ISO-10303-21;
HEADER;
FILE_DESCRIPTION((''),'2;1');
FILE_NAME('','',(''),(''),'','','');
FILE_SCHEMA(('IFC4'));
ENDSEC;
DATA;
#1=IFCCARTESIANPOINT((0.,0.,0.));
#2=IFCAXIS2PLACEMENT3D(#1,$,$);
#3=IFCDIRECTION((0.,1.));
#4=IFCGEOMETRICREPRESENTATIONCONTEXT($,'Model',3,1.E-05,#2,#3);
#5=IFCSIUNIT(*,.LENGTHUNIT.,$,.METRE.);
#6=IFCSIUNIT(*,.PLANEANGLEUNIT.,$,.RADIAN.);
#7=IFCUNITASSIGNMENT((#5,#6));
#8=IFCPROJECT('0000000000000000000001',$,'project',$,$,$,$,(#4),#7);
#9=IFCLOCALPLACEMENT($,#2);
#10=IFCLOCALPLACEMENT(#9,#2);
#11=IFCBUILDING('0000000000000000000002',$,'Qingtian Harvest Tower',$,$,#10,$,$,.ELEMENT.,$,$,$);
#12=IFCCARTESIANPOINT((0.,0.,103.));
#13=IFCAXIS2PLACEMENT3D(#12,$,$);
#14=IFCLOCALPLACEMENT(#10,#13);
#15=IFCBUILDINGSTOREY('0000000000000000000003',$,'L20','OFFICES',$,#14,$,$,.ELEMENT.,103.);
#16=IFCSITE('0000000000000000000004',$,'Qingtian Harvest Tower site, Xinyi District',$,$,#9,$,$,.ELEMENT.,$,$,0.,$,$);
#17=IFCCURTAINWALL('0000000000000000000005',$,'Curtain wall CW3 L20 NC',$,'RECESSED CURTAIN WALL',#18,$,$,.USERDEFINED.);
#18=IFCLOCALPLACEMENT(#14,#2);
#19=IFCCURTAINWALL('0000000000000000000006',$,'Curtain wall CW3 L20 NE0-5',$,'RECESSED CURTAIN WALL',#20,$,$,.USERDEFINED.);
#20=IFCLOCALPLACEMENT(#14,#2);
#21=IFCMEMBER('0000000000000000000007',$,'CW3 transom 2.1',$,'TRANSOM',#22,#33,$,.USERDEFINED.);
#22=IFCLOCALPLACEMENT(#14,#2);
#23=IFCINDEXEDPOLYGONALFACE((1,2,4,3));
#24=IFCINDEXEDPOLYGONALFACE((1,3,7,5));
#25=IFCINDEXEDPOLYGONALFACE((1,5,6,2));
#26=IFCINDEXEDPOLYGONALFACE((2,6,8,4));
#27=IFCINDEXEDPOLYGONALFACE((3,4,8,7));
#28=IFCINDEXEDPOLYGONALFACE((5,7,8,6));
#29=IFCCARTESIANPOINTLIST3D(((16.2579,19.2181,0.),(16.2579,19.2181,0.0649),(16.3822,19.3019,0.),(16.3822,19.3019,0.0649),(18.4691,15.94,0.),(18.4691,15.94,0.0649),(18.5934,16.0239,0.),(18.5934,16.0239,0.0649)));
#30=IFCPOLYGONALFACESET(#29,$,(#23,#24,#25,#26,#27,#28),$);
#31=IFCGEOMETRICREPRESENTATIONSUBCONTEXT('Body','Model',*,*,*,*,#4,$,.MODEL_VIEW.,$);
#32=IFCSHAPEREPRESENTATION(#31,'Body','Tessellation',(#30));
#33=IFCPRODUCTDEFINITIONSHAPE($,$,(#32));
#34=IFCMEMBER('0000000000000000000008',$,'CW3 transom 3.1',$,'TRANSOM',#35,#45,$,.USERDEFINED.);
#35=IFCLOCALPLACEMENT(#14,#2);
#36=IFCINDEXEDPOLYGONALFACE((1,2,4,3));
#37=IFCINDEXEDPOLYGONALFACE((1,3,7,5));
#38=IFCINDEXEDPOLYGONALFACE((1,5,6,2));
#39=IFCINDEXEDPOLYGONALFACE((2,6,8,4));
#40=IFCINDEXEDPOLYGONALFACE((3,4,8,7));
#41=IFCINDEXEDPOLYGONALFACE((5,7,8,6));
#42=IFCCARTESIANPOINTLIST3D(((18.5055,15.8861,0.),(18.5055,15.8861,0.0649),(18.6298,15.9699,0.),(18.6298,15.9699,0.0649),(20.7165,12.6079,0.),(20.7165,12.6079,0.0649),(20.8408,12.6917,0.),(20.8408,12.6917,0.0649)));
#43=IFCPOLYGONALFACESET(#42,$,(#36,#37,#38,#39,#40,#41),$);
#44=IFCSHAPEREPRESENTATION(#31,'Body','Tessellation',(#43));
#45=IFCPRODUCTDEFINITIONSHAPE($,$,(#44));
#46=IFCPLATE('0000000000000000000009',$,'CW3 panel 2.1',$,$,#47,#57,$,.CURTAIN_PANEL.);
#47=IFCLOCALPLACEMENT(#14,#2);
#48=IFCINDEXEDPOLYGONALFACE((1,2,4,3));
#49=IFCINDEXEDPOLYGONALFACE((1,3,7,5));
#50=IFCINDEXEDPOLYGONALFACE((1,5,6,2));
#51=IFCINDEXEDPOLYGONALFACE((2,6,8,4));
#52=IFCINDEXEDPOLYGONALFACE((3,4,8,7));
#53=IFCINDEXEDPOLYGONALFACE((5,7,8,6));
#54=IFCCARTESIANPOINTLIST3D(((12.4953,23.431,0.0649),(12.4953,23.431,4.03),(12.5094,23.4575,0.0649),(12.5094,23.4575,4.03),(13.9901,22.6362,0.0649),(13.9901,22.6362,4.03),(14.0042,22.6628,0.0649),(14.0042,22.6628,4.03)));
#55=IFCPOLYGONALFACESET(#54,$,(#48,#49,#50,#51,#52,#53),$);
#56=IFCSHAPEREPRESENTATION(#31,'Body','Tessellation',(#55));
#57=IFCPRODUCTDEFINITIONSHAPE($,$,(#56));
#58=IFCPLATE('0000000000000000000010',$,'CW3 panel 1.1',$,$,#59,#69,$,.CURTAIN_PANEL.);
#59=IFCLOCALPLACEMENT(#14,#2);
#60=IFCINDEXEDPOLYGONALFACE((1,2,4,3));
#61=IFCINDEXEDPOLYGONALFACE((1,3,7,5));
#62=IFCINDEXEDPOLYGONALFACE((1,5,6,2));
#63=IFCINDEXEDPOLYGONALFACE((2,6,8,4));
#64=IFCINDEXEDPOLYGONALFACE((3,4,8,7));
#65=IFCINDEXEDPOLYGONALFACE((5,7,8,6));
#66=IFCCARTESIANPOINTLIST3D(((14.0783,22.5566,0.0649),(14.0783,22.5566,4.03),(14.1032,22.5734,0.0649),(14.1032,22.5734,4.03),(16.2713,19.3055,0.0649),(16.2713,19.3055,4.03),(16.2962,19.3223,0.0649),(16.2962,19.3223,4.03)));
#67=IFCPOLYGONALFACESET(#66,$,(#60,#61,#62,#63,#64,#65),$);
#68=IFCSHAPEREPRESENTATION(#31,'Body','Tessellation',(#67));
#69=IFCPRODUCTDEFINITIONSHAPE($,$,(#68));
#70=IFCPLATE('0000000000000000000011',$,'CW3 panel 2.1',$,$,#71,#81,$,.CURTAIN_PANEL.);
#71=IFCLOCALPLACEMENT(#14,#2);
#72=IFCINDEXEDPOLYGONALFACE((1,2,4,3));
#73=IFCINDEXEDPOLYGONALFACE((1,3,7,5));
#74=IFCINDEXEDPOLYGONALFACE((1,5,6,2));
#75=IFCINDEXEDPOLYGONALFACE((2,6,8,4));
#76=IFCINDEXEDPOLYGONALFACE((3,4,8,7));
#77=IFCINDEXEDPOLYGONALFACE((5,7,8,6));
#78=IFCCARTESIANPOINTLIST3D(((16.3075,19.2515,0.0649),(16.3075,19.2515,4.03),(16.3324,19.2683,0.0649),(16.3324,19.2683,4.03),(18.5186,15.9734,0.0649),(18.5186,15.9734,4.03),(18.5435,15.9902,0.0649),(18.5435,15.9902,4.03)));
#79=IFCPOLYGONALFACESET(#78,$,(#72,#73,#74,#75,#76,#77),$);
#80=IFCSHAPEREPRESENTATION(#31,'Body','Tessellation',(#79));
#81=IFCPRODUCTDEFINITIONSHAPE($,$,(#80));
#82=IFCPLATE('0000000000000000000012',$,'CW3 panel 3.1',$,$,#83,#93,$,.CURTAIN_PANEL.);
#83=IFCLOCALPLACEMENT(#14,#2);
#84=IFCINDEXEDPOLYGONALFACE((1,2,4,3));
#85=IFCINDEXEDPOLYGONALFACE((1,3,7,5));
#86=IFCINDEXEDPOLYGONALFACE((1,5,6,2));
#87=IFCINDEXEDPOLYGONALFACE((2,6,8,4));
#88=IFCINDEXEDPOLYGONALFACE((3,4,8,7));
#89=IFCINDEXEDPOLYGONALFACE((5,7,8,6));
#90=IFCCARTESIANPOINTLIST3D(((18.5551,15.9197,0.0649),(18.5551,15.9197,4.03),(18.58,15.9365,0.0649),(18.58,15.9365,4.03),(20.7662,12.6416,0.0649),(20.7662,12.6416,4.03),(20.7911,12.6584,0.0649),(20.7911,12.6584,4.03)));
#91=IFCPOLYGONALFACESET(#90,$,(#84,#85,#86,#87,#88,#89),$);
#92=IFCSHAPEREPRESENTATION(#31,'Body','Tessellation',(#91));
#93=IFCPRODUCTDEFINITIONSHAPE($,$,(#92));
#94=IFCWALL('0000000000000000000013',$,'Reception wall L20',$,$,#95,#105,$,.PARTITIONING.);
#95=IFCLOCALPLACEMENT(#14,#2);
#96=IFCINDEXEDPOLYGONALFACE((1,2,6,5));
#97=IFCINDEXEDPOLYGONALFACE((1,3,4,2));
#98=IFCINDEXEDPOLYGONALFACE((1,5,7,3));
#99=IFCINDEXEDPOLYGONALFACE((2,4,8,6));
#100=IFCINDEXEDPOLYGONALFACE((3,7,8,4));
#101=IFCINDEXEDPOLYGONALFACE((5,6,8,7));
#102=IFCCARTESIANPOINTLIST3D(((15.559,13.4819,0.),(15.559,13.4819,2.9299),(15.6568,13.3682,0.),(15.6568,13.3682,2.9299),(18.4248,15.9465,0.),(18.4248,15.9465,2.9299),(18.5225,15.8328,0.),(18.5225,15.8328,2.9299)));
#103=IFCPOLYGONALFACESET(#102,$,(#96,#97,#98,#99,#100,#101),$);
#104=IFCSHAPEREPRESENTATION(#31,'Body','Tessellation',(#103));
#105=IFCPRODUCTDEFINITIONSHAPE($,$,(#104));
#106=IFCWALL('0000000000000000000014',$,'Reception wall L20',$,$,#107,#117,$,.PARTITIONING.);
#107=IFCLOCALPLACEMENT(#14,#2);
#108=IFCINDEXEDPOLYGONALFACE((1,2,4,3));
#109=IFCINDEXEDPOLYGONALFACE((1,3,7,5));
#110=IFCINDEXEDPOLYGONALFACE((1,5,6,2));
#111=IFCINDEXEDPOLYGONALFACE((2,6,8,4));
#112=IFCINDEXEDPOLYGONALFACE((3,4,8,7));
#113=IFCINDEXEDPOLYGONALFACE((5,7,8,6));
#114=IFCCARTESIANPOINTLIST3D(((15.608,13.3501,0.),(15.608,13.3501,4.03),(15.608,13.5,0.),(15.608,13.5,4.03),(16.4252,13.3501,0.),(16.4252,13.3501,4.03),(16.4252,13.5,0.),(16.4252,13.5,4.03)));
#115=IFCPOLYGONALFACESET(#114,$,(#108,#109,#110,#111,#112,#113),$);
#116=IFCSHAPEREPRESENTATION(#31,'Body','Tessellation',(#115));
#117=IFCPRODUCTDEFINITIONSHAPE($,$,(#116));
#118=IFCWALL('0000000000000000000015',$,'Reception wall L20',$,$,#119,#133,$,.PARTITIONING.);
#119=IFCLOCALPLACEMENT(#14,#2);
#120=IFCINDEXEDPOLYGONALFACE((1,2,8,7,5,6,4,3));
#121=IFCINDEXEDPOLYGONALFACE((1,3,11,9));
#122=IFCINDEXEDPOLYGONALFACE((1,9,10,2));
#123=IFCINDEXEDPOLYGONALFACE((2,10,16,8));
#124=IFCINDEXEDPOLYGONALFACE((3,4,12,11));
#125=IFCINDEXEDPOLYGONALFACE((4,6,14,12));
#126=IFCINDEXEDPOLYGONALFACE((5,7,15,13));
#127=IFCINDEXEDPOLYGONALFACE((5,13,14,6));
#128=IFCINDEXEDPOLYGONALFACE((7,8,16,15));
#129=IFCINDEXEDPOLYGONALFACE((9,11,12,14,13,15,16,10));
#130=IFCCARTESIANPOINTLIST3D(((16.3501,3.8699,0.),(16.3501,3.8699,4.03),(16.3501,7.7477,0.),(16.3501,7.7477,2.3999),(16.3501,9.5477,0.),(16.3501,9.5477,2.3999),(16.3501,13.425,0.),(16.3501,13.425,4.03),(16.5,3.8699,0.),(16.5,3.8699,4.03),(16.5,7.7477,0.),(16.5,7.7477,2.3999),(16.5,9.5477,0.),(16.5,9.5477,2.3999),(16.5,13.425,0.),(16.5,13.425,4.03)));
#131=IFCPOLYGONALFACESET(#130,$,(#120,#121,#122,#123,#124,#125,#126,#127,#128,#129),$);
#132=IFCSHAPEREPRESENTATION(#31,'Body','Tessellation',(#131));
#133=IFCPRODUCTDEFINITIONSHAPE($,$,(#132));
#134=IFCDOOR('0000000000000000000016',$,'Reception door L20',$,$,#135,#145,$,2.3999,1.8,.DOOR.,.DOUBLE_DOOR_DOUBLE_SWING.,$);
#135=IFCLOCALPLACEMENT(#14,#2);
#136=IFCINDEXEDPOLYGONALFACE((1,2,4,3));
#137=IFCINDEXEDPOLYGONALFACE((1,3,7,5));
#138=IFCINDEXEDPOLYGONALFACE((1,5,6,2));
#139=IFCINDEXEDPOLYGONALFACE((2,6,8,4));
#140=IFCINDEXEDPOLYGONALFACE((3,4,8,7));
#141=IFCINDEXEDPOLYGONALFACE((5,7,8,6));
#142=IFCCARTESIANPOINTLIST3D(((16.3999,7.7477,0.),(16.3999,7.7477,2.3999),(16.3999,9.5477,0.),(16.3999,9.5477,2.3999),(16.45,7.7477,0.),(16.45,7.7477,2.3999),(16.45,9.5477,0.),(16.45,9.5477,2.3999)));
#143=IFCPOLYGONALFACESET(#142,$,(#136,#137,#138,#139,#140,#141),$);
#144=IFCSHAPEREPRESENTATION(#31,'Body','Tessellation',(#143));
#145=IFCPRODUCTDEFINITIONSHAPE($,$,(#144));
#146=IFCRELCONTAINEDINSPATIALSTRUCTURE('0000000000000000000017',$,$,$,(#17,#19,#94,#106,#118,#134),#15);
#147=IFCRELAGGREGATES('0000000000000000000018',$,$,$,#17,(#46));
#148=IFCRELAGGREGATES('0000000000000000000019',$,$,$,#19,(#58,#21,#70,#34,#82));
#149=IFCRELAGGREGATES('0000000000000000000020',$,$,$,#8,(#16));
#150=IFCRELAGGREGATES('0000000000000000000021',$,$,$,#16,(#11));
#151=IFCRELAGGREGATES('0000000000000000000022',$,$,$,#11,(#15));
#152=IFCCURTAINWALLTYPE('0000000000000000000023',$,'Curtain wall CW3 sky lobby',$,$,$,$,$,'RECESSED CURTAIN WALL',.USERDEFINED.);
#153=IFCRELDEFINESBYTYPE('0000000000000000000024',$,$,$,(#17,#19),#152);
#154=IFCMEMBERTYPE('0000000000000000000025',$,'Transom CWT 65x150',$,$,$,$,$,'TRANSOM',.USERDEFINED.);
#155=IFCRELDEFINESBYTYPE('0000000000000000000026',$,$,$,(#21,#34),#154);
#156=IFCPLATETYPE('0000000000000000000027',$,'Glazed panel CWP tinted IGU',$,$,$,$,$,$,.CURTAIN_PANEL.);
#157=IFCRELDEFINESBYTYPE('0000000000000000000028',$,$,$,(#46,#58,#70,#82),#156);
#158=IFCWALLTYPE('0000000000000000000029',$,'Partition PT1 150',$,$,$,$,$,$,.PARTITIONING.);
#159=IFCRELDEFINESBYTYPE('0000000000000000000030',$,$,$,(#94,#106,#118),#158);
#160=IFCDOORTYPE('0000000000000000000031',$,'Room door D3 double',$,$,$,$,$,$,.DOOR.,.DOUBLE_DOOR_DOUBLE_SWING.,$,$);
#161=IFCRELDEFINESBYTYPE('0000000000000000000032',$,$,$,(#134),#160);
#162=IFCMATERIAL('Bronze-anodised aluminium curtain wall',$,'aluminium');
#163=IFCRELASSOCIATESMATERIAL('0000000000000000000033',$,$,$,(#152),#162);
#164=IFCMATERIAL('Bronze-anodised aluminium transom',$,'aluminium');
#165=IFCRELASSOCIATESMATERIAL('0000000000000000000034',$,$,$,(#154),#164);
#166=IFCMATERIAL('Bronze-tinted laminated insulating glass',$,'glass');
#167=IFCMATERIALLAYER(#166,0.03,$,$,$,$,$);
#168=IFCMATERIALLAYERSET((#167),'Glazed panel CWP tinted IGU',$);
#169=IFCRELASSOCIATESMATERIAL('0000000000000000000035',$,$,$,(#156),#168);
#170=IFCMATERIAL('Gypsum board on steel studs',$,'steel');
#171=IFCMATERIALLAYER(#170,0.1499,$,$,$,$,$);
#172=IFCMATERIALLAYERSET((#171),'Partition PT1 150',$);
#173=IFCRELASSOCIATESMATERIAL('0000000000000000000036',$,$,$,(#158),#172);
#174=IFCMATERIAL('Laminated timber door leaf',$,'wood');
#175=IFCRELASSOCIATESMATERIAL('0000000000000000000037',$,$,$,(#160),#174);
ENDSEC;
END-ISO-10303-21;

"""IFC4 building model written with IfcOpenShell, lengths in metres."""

from ifc_helpers import new_model, si_unit, direction, frame, frame_2d, origin, origin_2d, place, context, subcontext, project, spatial, rectangle, extrude, material, layer, layer_set, material_profile, profile_set, type_object, element, fill, aggregate, save


model = new_model("IFC4")

# Units and contexts
model_context = context("Model", 3, precision=1e-05, world=origin(), true_north=direction((0.0, 1.0)))
body_context = subcontext(model_context, "Body", "Model", "MODEL_VIEW")
ifc_project = project(units=[si_unit("LENGTHUNIT", "METRE"), si_unit("PLANEANGLEUNIT", "RADIAN")], contexts=[model_context])

# Site, building, storey
site_placement = place(None, origin())
site = spatial("IfcSite", under=ifc_project, at=site_placement, Name="Qingtian Harvest Tower site, Xinyi District", CompositionType="ELEMENT", RefElevation=0.0)
building_placement = place(site_placement, origin())
building = spatial("IfcBuilding", under=site, at=building_placement, Name="Qingtian Harvest Tower", CompositionType="ELEMENT")
storey_placement = place(building_placement, frame((0.0, 0.0, 103.0)))
storey = spatial("IfcBuildingStorey", under=building, at=storey_placement, Name="L20", Description="OFFICES", CompositionType="ELEMENT", Elevation=103.0)

# Curtain wall
ifc_material_1 = material(Name="Bronze-anodised aluminium curtain wall", Category="aluminium")
curtain_wall_type = type_object("IfcCurtainWallType", Name="Curtain wall CW3 sky lobby", ElementType="RECESSED CURTAIN WALL", PredefinedType="USERDEFINED", material=ifc_material_1)
curtain_wall_1_placement = place(storey_placement, origin())
curtain_wall_1 = element("IfcCurtainWall", 1, at=curtain_wall_1_placement, inside=storey, type_object=curtain_wall_type, Name="Curtain wall CW3 L20 NC", ObjectType="RECESSED CURTAIN WALL", PredefinedType="USERDEFINED")

# Curtain wall
curtain_wall_2_placement = place(storey_placement, origin())
curtain_wall_2 = element("IfcCurtainWall", 2, at=curtain_wall_2_placement, inside=storey, type_object=curtain_wall_type, Name="Curtain wall CW3 L20 NE0-5", ObjectType="RECESSED CURTAIN WALL", PredefinedType="USERDEFINED")

# Members
ifc_material_2 = material(Name="Bronze-anodised aluminium transom", Category="aluminium")
ifc_material_profile_1 = material_profile(ifc_material_2, rectangle(XDim=0.1499, YDim=0.0649, at=origin_2d()), Name="AL 65x150")
ifc_profile_set_1 = profile_set([ifc_material_profile_1], Name="Bronze-anodised aluminium transom")
member_type_1 = type_object("IfcMemberType", Name="Transom CWT 65x150", ElementType="TRANSOM", PredefinedType="USERDEFINED", material=ifc_profile_set_1)
member_1_placement = place(storey_placement, frame((16.3201, 19.26, 0.0325), z_axis=(0.559209, -0.829027, 0.0), x_axis=(0.829027, 0.559209, 0.0)))
member_1 = element("IfcMember", 3, at=member_1_placement, type_object=member_type_1, Name="CW3 transom 2.1", ObjectType="TRANSOM", PredefinedType="USERDEFINED", context=body_context, shape_type="SweptSolid", body=[
    extrude(rectangle(XDim=0.1499, YDim=0.0649, at=origin_2d()), origin(), (0.0, 0.0, 1.0), 3.9541),
])
member_2_placement = place(storey_placement, frame((18.5676, 15.928, 0.0325), z_axis=(0.559166, -0.829055, 0.0), x_axis=(0.829055, 0.559166, 0.0)))
member_2 = element("IfcMember", 4, at=member_2_placement, type_object=member_type_1, Name="CW3 transom 3.1", ObjectType="TRANSOM", PredefinedType="USERDEFINED", context=body_context, shape_type="SweptSolid", body=[
    extrude(rectangle(XDim=0.1499, YDim=0.0649, at=origin_2d()), origin(), (0.0, 0.0, 1.0), 3.9541),
])

# Plates
ifc_material_3 = material(Name="Bronze-tinted laminated insulating glass", Category="glass")
ifc_layer_1 = layer(ifc_material_3, 0.03)
ifc_layer_set_1 = layer_set([ifc_layer_1], Name="Glazed panel CWP tinted IGU")
plate_type = type_object("IfcPlateType", Name="Glazed panel CWP tinted IGU", PredefinedType="CURTAIN_PANEL", material=ifc_layer_set_1)
plate_1_placement = place(storey_placement, frame((13.2498, 23.0469, 0.0649), z_axis=(0.0, 0.0, 1.0), x_axis=(0.882948, -0.469472, 0.0)))
plate_1 = element("IfcPlate", 5, at=plate_1_placement, type_object=plate_type, Name="CW3 panel 2.1", PredefinedType="CURTAIN_PANEL", context=body_context, shape_type="SweptSolid", body=[
    extrude(rectangle(XDim=1.6929, YDim=0.03, at=origin_2d()), origin(), (0.0, 0.0, 1.0), 3.9651),
])
aggregate(curtain_wall_1, [plate_1])
plate_2_placement = place(storey_placement, frame((15.1873, 20.9395, 0.0649), z_axis=(0.0, 0.0, 1.0), x_axis=(0.559193, -0.829038, 0.0)))
plate_2 = element("IfcPlate", 6, at=plate_2_placement, type_object=plate_type, Name="CW3 panel 1.1", PredefinedType="CURTAIN_PANEL", context=body_context, shape_type="SweptSolid", body=[
    extrude(rectangle(XDim=3.9216, YDim=0.03, at=origin_2d()), origin(), (0.0, 0.0, 1.0), 3.9651),
])
plate_3_placement = place(storey_placement, frame((17.4255, 17.6208, 0.0649), z_axis=(0.0, 0.0, 1.0), x_axis=(0.559193, -0.829038, 0.0)))
plate_3 = element("IfcPlate", 7, at=plate_3_placement, type_object=plate_type, Name="CW3 panel 2.1", PredefinedType="CURTAIN_PANEL", context=body_context, shape_type="SweptSolid", body=[
    extrude(rectangle(XDim=3.9541, YDim=0.03, at=origin_2d()), origin(), (0.0, 0.0, 1.0), 3.9651),
])
plate_4_placement = place(storey_placement, frame((19.6731, 14.2891, 0.0649), z_axis=(0.0, 0.0, 1.0), x_axis=(0.559193, -0.829038, 0.0)))
plate_4 = element("IfcPlate", 8, at=plate_4_placement, type_object=plate_type, Name="CW3 panel 3.1", PredefinedType="CURTAIN_PANEL", context=body_context, shape_type="SweptSolid", body=[
    extrude(rectangle(XDim=3.9541, YDim=0.03, at=origin_2d()), origin(), (0.0, 0.0, 1.0), 3.9651),
])
aggregate(curtain_wall_2, [plate_2, member_1, plate_3, member_2, plate_4])

# Walls
ifc_material_4 = material(Name="Gypsum board on steel studs", Category="steel")
ifc_layer_2 = layer(ifc_material_4, 0.1499)
ifc_layer_set_2 = layer_set([ifc_layer_2], Name="Partition PT1 150")
wall_type = type_object("IfcWallType", Name="Partition PT1 150", PredefinedType="PARTITIONING", material=ifc_layer_set_2)
wall_1_placement = place(storey_placement, frame((18.4736, 15.8896, 0.0), z_axis=(0.0, 0.0, 1.0), x_axis=(-0.758175, -0.652051, 0.0)))
element("IfcWall", 9, at=wall_1_placement, inside=storey, type_object=wall_type, Name="Reception wall L20", PredefinedType="PARTITIONING", context=body_context, shape_type="SweptSolid", body=[
    extrude(rectangle(XDim=3.7798, YDim=0.1499, at=frame_2d((1.8899, 0.0))), origin(), (0.0, 0.0, 1.0), 2.9299),
])
wall_2_placement = place(storey_placement, frame((15.6079, 13.425, 0.0), z_axis=(0.0, 0.0, 1.0), x_axis=(1.0, 0.0, 0.0)))
element("IfcWall", 10, at=wall_2_placement, inside=storey, type_object=wall_type, Name="Reception wall L20", PredefinedType="PARTITIONING", context=body_context, shape_type="SweptSolid", body=[
    extrude(rectangle(XDim=0.8171, YDim=0.1499, at=frame_2d((0.4087, 0.0))), origin(), (0.0, 0.0, 1.0), 4.03),
])

# Wall, opening, door
wall_3_placement = place(storey_placement, frame((16.425, 13.425, 0.0), z_axis=(0.0, 0.0, 1.0), x_axis=(0.0, -1.0, 0.0)))
wall_3 = element("IfcWall", 11, at=wall_3_placement, inside=storey, type_object=wall_type, Name="Reception wall L20", PredefinedType="PARTITIONING", context=body_context, shape_type="SweptSolid", body=[
    extrude(rectangle(XDim=9.5552, YDim=0.1499, at=frame_2d((4.7776, 0.0))), origin(), (0.0, 0.0, 1.0), 4.03),
])
opening_placement = place(wall_3_placement, frame((3.8774, 0.0, 0.0)))
opening = element("IfcOpeningElement", 12, at=opening_placement, cuts=wall_3, PredefinedType="OPENING", context=body_context, shape_type="SweptSolid", body=[
    extrude(rectangle(XDim=1.8, YDim=2.3999, at=frame_2d((0.8999, 1.2))), frame((0.0, 0.085, 0.0), z_axis=(0.0, -1.0, 0.0), x_axis=(1.0, 0.0, 0.0)), (0.0, 0.0, 1.0), 0.1699),
])
ifc_material_5 = material(Name="Laminated timber door leaf", Category="wood")
door_type = type_object("IfcDoorType", Name="Room door D3 double", OperationType="DOUBLE_DOOR_DOUBLE_SWING", PredefinedType="DOOR", material=ifc_material_5)
door_placement = place(opening_placement, origin())
door = element("IfcDoor", 13, at=door_placement, inside=storey, type_object=door_type, Name="Reception door L20", OperationType="DOUBLE_DOOR_DOUBLE_SWING", OverallHeight=2.3999, OverallWidth=1.8, PredefinedType="DOOR", context=body_context, shape_type="SweptSolid", body=[
    extrude(rectangle(XDim=1.8, YDim=2.3999, at=frame_2d((0.8999, 1.2))), frame((0.0, 0.0249, 0.0), z_axis=(0.0, -1.0, 0.0), x_axis=(1.0, 0.0, 0.0)), (0.0, 0.0, 1.0), 0.05),
])
fill(opening, door)

save(model, "model.ifc")
